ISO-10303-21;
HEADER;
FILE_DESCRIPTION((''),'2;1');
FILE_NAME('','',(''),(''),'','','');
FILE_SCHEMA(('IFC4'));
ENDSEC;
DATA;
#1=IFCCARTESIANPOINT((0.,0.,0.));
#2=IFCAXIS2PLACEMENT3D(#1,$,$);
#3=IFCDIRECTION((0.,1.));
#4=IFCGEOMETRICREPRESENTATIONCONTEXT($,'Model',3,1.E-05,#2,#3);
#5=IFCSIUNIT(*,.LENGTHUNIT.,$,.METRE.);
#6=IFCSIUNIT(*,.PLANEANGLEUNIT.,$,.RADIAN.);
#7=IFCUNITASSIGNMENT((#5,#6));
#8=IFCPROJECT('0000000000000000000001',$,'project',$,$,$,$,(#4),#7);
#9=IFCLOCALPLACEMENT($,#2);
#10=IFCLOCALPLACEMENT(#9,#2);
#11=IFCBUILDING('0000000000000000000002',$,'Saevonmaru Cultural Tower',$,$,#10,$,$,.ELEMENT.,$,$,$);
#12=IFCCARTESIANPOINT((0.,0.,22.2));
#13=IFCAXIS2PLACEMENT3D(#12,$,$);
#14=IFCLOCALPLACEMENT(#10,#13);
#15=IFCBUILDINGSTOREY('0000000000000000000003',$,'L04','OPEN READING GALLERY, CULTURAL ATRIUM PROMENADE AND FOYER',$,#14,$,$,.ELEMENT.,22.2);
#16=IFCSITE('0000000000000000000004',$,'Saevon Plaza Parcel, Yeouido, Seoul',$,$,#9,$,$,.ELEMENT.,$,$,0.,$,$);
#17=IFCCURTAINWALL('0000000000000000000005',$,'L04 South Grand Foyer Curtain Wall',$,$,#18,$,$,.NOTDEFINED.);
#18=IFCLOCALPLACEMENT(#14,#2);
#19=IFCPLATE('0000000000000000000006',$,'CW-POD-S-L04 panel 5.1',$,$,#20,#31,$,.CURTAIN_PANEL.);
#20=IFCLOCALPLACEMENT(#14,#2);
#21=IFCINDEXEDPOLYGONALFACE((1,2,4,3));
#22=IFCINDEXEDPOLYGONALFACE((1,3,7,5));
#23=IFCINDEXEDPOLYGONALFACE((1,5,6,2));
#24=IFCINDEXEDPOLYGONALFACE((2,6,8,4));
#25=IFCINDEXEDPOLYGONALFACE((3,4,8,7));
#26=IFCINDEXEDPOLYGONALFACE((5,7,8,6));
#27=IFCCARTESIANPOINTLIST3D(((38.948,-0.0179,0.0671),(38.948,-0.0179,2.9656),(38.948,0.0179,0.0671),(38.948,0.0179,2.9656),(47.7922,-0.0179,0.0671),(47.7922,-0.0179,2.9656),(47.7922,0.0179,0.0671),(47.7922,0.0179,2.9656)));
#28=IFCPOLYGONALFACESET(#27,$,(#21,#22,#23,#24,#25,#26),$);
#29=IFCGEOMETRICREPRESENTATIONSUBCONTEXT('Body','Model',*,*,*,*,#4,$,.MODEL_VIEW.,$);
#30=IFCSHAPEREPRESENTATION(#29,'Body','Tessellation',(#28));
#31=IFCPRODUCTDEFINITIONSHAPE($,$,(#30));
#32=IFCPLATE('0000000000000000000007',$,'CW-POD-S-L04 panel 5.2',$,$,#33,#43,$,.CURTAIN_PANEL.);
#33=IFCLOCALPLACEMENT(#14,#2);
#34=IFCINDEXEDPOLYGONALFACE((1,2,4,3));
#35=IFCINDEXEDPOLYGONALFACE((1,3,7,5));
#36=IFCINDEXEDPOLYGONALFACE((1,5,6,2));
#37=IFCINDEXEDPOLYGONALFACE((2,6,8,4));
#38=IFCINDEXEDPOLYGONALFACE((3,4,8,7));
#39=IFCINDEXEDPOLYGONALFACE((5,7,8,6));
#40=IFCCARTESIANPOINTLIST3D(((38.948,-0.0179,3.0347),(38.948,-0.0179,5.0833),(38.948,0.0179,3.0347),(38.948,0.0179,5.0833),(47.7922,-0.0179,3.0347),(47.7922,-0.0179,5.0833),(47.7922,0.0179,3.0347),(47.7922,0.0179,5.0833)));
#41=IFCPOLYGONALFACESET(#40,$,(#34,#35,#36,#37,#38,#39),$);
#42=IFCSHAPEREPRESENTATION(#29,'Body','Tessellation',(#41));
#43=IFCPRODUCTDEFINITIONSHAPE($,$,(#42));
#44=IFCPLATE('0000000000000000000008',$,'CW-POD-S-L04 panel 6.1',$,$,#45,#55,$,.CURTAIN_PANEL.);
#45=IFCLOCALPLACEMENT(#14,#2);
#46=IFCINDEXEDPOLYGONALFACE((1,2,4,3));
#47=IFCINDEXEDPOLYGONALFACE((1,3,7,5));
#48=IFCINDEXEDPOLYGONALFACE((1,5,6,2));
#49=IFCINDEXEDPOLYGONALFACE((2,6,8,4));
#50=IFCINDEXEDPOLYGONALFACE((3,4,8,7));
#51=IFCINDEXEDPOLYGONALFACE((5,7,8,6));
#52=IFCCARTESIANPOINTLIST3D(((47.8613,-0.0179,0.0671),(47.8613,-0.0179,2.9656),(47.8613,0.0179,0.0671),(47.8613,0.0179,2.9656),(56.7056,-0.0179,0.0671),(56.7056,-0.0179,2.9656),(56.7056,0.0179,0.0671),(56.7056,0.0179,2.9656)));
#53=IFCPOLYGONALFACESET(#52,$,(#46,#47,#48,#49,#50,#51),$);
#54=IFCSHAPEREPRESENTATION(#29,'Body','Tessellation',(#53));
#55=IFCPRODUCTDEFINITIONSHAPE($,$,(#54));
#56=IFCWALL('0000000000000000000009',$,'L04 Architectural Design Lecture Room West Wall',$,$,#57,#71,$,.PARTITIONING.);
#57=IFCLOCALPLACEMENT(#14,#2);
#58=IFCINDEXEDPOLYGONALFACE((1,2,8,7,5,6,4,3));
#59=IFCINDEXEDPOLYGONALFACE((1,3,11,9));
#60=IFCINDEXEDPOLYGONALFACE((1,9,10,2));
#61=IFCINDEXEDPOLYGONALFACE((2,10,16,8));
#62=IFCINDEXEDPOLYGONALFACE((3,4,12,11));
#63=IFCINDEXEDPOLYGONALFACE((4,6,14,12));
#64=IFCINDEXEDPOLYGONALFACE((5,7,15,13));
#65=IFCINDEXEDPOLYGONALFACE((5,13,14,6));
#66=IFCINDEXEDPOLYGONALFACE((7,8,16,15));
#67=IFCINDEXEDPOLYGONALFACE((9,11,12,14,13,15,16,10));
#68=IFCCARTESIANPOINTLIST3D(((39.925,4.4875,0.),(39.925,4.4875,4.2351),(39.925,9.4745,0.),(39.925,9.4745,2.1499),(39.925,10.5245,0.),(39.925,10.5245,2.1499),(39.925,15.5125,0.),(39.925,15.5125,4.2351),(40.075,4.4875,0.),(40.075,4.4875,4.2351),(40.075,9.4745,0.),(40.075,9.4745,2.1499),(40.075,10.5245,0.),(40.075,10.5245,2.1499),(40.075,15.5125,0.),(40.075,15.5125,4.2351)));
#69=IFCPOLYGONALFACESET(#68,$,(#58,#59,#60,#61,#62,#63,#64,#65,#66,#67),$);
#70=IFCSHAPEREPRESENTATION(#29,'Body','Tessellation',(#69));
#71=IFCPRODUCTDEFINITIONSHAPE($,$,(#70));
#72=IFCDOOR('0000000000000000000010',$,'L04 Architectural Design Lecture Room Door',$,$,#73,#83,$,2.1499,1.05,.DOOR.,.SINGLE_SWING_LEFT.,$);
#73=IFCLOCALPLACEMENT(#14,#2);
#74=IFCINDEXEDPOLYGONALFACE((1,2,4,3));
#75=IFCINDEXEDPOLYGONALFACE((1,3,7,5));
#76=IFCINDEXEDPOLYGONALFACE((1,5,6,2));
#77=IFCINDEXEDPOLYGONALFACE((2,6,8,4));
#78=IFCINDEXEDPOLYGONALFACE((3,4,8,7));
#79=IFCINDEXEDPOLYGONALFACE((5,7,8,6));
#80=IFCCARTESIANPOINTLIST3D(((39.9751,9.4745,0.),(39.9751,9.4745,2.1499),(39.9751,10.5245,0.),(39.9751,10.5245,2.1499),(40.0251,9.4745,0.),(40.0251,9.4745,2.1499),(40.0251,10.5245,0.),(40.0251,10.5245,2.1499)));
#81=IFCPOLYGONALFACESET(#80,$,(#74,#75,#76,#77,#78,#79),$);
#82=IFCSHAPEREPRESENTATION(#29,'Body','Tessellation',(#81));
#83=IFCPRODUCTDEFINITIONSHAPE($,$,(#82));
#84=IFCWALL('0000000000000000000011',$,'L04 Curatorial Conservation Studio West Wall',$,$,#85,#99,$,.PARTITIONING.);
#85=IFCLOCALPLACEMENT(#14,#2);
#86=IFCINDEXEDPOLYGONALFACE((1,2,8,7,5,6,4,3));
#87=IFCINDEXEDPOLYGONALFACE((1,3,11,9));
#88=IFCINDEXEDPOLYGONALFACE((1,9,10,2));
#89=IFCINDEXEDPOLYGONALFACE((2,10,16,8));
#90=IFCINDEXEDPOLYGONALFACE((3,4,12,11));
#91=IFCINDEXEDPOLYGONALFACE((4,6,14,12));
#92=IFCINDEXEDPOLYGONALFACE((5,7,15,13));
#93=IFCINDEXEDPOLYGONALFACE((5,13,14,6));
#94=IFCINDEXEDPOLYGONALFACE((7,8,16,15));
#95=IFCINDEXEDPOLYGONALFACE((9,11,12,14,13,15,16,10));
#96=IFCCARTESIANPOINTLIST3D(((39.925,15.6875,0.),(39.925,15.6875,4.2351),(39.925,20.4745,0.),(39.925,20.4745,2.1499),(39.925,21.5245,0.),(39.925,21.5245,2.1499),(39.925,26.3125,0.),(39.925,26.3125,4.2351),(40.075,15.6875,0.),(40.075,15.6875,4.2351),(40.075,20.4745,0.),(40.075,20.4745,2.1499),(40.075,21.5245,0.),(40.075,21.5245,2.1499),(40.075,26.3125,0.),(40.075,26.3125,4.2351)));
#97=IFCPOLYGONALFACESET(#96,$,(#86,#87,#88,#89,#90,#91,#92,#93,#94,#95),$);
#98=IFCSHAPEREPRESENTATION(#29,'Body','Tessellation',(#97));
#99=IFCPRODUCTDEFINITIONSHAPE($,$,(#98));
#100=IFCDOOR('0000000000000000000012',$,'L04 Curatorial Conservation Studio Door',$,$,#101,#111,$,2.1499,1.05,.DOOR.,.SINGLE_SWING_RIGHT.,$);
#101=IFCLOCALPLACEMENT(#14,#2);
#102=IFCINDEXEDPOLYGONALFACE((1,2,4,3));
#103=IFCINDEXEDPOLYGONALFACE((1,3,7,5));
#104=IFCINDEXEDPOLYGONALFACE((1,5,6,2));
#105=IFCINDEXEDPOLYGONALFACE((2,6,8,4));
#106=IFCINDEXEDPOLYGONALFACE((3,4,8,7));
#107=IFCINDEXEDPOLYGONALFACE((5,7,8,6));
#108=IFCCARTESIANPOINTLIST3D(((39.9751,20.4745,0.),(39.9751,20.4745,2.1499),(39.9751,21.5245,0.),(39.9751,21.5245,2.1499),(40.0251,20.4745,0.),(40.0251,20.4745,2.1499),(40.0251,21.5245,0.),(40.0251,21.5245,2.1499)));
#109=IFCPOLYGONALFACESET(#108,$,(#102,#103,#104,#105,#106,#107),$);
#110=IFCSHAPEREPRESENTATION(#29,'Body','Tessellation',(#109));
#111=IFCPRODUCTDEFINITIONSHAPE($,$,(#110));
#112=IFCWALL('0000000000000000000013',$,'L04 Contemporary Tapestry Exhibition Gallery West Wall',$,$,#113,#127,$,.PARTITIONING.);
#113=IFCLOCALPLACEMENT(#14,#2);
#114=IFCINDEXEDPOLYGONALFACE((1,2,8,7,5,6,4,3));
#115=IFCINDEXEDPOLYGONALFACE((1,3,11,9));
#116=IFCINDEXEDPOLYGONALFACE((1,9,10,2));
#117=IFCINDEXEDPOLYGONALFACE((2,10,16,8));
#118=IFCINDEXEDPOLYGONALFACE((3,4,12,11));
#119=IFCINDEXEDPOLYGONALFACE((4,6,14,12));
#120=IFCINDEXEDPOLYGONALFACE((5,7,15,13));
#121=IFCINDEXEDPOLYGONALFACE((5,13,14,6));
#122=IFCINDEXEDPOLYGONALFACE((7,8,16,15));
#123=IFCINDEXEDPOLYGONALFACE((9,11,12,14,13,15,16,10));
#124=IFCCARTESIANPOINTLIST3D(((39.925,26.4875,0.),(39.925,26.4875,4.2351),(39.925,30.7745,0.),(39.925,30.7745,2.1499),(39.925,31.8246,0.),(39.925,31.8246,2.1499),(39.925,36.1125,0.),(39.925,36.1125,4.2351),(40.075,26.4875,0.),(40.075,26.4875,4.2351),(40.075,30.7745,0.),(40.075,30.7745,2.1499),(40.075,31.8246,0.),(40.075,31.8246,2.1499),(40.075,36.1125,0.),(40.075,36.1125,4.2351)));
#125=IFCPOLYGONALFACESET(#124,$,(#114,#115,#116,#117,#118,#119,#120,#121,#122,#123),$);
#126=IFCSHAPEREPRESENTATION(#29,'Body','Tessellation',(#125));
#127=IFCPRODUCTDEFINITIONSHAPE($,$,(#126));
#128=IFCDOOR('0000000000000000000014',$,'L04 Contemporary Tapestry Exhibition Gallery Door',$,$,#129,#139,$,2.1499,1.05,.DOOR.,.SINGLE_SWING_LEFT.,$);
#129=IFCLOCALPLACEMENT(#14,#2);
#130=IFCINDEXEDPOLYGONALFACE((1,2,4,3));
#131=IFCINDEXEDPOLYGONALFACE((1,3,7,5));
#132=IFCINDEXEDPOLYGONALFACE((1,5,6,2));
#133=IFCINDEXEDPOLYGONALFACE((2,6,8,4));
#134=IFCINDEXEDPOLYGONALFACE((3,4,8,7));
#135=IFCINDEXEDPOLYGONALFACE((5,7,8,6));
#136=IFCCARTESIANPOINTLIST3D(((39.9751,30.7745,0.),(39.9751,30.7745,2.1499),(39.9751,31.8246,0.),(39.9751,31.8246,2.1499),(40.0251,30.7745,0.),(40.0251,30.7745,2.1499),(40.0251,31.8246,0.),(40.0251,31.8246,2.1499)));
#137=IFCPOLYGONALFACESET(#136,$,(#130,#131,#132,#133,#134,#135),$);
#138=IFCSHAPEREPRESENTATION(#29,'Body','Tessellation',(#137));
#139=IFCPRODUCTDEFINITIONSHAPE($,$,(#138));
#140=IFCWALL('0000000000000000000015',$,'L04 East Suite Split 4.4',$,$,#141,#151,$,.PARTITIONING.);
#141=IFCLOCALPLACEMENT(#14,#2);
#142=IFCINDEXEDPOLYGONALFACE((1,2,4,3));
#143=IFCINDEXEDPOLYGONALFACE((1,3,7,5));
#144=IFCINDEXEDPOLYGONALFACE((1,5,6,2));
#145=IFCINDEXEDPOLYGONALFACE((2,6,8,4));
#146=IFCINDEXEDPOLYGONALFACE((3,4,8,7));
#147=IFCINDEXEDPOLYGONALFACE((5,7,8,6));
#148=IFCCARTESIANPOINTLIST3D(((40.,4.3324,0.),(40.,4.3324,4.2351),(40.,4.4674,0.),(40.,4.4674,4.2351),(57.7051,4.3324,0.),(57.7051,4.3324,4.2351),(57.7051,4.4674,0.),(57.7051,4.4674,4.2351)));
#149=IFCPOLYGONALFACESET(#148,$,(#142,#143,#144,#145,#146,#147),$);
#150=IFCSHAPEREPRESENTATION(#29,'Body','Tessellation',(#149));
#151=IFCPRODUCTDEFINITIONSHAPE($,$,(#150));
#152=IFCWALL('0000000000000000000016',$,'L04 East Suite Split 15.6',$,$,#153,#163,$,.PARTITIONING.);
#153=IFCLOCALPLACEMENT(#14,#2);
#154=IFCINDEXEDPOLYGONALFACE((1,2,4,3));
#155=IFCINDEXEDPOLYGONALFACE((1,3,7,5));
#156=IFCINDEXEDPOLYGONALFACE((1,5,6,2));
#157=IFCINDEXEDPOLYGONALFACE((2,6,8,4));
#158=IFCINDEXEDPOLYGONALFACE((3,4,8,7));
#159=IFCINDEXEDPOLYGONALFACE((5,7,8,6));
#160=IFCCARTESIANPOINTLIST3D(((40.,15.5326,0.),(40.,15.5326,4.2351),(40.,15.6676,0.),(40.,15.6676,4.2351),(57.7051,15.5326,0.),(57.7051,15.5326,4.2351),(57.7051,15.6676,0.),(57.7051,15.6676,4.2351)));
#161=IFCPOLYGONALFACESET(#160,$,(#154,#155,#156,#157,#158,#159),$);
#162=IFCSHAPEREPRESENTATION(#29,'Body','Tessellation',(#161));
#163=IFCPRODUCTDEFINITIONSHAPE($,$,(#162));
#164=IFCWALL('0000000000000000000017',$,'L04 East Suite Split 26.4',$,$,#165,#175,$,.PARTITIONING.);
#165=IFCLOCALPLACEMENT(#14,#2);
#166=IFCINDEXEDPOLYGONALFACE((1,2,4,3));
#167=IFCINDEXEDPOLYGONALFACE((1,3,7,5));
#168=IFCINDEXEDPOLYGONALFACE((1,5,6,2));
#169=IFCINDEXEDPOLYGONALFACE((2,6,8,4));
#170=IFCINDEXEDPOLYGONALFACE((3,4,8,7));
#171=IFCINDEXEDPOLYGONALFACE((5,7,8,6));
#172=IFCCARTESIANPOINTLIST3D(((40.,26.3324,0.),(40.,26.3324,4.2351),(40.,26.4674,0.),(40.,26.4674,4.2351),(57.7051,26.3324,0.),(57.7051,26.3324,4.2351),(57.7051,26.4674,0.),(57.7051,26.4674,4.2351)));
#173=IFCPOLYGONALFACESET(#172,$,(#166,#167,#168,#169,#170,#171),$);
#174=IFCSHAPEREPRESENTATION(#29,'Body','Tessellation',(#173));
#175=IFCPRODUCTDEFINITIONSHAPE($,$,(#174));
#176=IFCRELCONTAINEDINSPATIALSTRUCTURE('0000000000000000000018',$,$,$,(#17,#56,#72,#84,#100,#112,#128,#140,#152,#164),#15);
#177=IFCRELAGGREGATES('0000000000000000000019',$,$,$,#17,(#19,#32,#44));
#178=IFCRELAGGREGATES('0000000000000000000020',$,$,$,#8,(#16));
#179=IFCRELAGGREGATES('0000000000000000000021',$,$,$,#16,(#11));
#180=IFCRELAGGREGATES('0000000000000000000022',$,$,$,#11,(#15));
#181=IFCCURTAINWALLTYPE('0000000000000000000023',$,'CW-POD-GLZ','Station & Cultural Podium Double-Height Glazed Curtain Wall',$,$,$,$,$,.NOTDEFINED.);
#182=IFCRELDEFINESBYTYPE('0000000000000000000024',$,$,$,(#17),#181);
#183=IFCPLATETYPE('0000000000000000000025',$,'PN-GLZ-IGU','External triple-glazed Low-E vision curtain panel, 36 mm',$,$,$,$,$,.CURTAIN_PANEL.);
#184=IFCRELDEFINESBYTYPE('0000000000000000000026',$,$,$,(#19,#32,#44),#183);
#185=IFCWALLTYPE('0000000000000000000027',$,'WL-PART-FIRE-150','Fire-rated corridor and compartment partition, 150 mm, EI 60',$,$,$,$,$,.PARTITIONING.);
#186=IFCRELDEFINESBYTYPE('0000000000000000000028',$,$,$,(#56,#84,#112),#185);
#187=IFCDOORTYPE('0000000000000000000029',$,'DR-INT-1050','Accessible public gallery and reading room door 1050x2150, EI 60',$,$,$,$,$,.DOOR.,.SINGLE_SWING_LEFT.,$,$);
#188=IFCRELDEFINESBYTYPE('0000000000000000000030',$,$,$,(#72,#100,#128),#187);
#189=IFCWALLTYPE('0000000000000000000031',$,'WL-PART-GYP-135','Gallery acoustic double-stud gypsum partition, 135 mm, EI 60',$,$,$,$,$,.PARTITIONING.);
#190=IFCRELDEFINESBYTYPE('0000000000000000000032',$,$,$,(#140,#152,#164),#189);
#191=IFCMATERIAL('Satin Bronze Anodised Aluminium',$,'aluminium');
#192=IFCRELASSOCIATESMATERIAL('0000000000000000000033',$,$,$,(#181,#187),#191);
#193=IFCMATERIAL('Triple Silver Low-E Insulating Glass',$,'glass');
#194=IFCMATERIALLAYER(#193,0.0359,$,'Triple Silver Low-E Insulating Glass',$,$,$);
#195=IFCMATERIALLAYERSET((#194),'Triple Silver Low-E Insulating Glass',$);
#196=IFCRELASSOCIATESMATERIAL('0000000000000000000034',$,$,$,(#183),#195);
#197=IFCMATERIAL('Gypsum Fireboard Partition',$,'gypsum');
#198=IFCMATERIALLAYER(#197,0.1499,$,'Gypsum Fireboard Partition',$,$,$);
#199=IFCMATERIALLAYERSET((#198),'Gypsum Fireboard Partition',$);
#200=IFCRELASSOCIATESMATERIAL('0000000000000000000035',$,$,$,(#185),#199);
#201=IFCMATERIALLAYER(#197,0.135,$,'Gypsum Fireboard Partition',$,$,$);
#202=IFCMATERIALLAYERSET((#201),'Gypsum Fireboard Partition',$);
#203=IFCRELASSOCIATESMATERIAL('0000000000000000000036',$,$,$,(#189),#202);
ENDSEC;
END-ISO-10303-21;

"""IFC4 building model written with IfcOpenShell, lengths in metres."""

from ifc_helpers import new_model, si_unit, direction, frame, frame_2d, origin, origin_2d, place, context, subcontext, project, spatial, rectangle, extrude, material, layer, layer_set, type_object, element, fill, aggregate, save


model = new_model("IFC4")

# Units and contexts
model_context = context("Model", 3, precision=1e-05, world=origin(), true_north=direction((0.0, 1.0)))
body_context = subcontext(model_context, "Body", "Model", "MODEL_VIEW")
ifc_project = project(units=[si_unit("LENGTHUNIT", "METRE"), si_unit("PLANEANGLEUNIT", "RADIAN")], contexts=[model_context])

# Site, building, storey
site_placement = place(None, origin())
site = spatial("IfcSite", under=ifc_project, at=site_placement, Name="Saevon Plaza Parcel, Yeouido, Seoul", CompositionType="ELEMENT", RefElevation=0.0)
building_placement = place(site_placement, origin())
building = spatial("IfcBuilding", under=site, at=building_placement, Name="Saevonmaru Cultural Tower", CompositionType="ELEMENT")
storey_placement = place(building_placement, frame((0.0, 0.0, 22.2)))
storey = spatial("IfcBuildingStorey", under=building, at=storey_placement, Name="L04", Description="OPEN READING GALLERY, CULTURAL ATRIUM PROMENADE AND FOYER", CompositionType="ELEMENT", Elevation=22.2)

# Curtain wall, plates
ifc_material_1 = material(Name="Satin Bronze Anodised Aluminium", Category="aluminium")
curtain_wall_type = type_object("IfcCurtainWallType", Name="CW-POD-GLZ", Description="Station & Cultural Podium Double-Height Glazed Curtain Wall", PredefinedType="NOTDEFINED", material=ifc_material_1)
curtain_wall_placement = place(storey_placement, origin())
curtain_wall = element("IfcCurtainWall", 1, at=curtain_wall_placement, inside=storey, type_object=curtain_wall_type, Name="L04 South Grand Foyer Curtain Wall", PredefinedType="NOTDEFINED")
ifc_material_2 = material(Name="Triple Silver Low-E Insulating Glass", Category="glass")
ifc_layer_1 = layer(ifc_material_2, 0.0359, Name="Triple Silver Low-E Insulating Glass")
ifc_layer_set_1 = layer_set([ifc_layer_1], Name="Triple Silver Low-E Insulating Glass")
plate_type = type_object("IfcPlateType", Name="PN-GLZ-IGU", Description="External triple-glazed Low-E vision curtain panel, 36 mm", PredefinedType="CURTAIN_PANEL", material=ifc_layer_set_1)
plate_1_placement = place(storey_placement, frame((43.3701, 0.0, 0.0671), z_axis=(0.0, 0.0, 1.0), x_axis=(1.0, 0.0, 0.0)))
plate_1 = element("IfcPlate", 2, at=plate_1_placement, type_object=plate_type, Name="CW-POD-S-L04 panel 5.1", PredefinedType="CURTAIN_PANEL", context=body_context, shape_type="SweptSolid", body=[
    extrude(rectangle(XDim=8.8442, YDim=0.0359, at=origin_2d()), origin(), (0.0, 0.0, 1.0), 2.8984),
])
plate_2_placement = place(storey_placement, frame((43.3701, 0.0, 3.0347), z_axis=(0.0, 0.0, 1.0), x_axis=(1.0, 0.0, 0.0)))
plate_2 = element("IfcPlate", 3, at=plate_2_placement, type_object=plate_type, Name="CW-POD-S-L04 panel 5.2", PredefinedType="CURTAIN_PANEL", context=body_context, shape_type="SweptSolid", body=[
    extrude(rectangle(XDim=8.8442, YDim=0.0359, at=origin_2d()), origin(), (0.0, 0.0, 1.0), 2.0486),
])
plate_3_placement = place(storey_placement, frame((52.2834, 0.0, 0.0671), z_axis=(0.0, 0.0, 1.0), x_axis=(1.0, 0.0, 0.0)))
plate_3 = element("IfcPlate", 4, at=plate_3_placement, type_object=plate_type, Name="CW-POD-S-L04 panel 6.1", PredefinedType="CURTAIN_PANEL", context=body_context, shape_type="SweptSolid", body=[
    extrude(rectangle(XDim=8.8442, YDim=0.0359, at=origin_2d()), origin(), (0.0, 0.0, 1.0), 2.8984),
])
aggregate(curtain_wall, [plate_1, plate_2, plate_3])

# Walls, openings, doors
ifc_material_3 = material(Name="Gypsum Fireboard Partition", Category="gypsum")
ifc_layer_2 = layer(ifc_material_3, 0.1499, Name="Gypsum Fireboard Partition")
ifc_layer_set_2 = layer_set([ifc_layer_2], Name="Gypsum Fireboard Partition")
wall_type_1 = type_object("IfcWallType", Name="WL-PART-FIRE-150", Description="Fire-rated corridor and compartment partition, 150 mm, EI 60", PredefinedType="PARTITIONING", material=ifc_layer_set_2)
wall_1_placement = place(storey_placement, frame((40.0, 4.4875, 0.0), z_axis=(0.0, 0.0, 1.0), x_axis=(0.0, 1.0, 0.0)))
wall_1 = element("IfcWall", 5, at=wall_1_placement, inside=storey, type_object=wall_type_1, Name="L04 Architectural Design Lecture Room West Wall", PredefinedType="PARTITIONING", context=body_context, shape_type="SweptSolid", body=[
    extrude(rectangle(XDim=11.0249, YDim=0.1499, at=frame_2d((5.5125, 0.0))), origin(), (0.0, 0.0, 1.0), 4.2351),
])
opening_1_placement = place(wall_1_placement, frame((4.9871, 0.0, 0.0)))
opening_1 = element("IfcOpeningElement", 6, at=opening_1_placement, cuts=wall_1, PredefinedType="OPENING", context=body_context, shape_type="SweptSolid", body=[
    extrude(rectangle(XDim=1.05, YDim=2.1499, at=frame_2d((0.5249, 1.075))), frame((0.0, 0.085, 0.0), z_axis=(0.0, -1.0, 0.0), x_axis=(1.0, 0.0, 0.0)), (0.0, 0.0, 1.0), 0.1699),
])
door_type = type_object("IfcDoorType", Name="DR-INT-1050", Description="Accessible public gallery and reading room door 1050x2150, EI 60", OperationType="SINGLE_SWING_LEFT", PredefinedType="DOOR", material=ifc_material_1)
door_1_placement = place(opening_1_placement, origin())
door_1 = element("IfcDoor", 7, at=door_1_placement, inside=storey, type_object=door_type, Name="L04 Architectural Design Lecture Room Door", OperationType="SINGLE_SWING_LEFT", OverallHeight=2.1499, OverallWidth=1.05, PredefinedType="DOOR", context=body_context, shape_type="SweptSolid", body=[
    extrude(rectangle(XDim=1.05, YDim=2.1499, at=frame_2d((0.5249, 1.075))), frame((0.0, 0.0249, 0.0), z_axis=(0.0, -1.0, 0.0), x_axis=(1.0, 0.0, 0.0)), (0.0, 0.0, 1.0), 0.05),
])
fill(opening_1, door_1)
wall_2_placement = place(storey_placement, frame((40.0, 15.6875, 0.0), z_axis=(0.0, 0.0, 1.0), x_axis=(0.0, 1.0, 0.0)))
wall_2 = element("IfcWall", 8, at=wall_2_placement, inside=storey, type_object=wall_type_1, Name="L04 Curatorial Conservation Studio West Wall", PredefinedType="PARTITIONING", context=body_context, shape_type="SweptSolid", body=[
    extrude(rectangle(XDim=10.625, YDim=0.1499, at=frame_2d((5.3125, 0.0))), origin(), (0.0, 0.0, 1.0), 4.2351),
])
opening_2_placement = place(wall_2_placement, frame((4.7871, 0.0, 0.0)))
opening_2 = element("IfcOpeningElement", 9, at=opening_2_placement, cuts=wall_2, PredefinedType="OPENING", context=body_context, shape_type="SweptSolid", body=[
    extrude(rectangle(XDim=1.05, YDim=2.1499, at=frame_2d((0.5249, 1.075))), frame((0.0, 0.085, 0.0), z_axis=(0.0, -1.0, 0.0), x_axis=(1.0, 0.0, 0.0)), (0.0, 0.0, 1.0), 0.1699),
])
door_2_placement = place(opening_2_placement, origin())
door_2 = element("IfcDoor", 10, at=door_2_placement, inside=storey, type_object=door_type, Name="L04 Curatorial Conservation Studio Door", OperationType="SINGLE_SWING_RIGHT", OverallHeight=2.1499, OverallWidth=1.05, PredefinedType="DOOR", context=body_context, shape_type="SweptSolid", body=[
    extrude(rectangle(XDim=1.05, YDim=2.1499, at=frame_2d((0.5249, 1.075))), frame((0.0, 0.0249, 0.0), z_axis=(0.0, -1.0, 0.0), x_axis=(1.0, 0.0, 0.0)), (0.0, 0.0, 1.0), 0.05),
])
fill(opening_2, door_2)
wall_3_placement = place(storey_placement, frame((40.0, 26.4875, 0.0), z_axis=(0.0, 0.0, 1.0), x_axis=(0.0, 1.0, 0.0)))
wall_3 = element("IfcWall", 11, at=wall_3_placement, inside=storey, type_object=wall_type_1, Name="L04 Contemporary Tapestry Exhibition Gallery West Wall", PredefinedType="PARTITIONING", context=body_context, shape_type="SweptSolid", body=[
    extrude(rectangle(XDim=9.625, YDim=0.1499, at=frame_2d((4.8125, 0.0))), origin(), (0.0, 0.0, 1.0), 4.2351),
])
opening_3_placement = place(wall_3_placement, frame((4.2871, 0.0, 0.0)))
opening_3 = element("IfcOpeningElement", 12, at=opening_3_placement, cuts=wall_3, PredefinedType="OPENING", context=body_context, shape_type="SweptSolid", body=[
    extrude(rectangle(XDim=1.05, YDim=2.1499, at=frame_2d((0.5249, 1.075))), frame((0.0, 0.085, 0.0), z_axis=(0.0, -1.0, 0.0), x_axis=(1.0, 0.0, 0.0)), (0.0, 0.0, 1.0), 0.1699),
])
door_3_placement = place(opening_3_placement, origin())
door_3 = element("IfcDoor", 13, at=door_3_placement, inside=storey, type_object=door_type, Name="L04 Contemporary Tapestry Exhibition Gallery Door", OperationType="SINGLE_SWING_LEFT", OverallHeight=2.1499, OverallWidth=1.05, PredefinedType="DOOR", context=body_context, shape_type="SweptSolid", body=[
    extrude(rectangle(XDim=1.05, YDim=2.1499, at=frame_2d((0.5249, 1.075))), frame((0.0, 0.0249, 0.0), z_axis=(0.0, -1.0, 0.0), x_axis=(1.0, 0.0, 0.0)), (0.0, 0.0, 1.0), 0.05),
])
fill(opening_3, door_3)

# Walls
ifc_layer_3 = layer(ifc_material_3, 0.135, Name="Gypsum Fireboard Partition")
ifc_layer_set_3 = layer_set([ifc_layer_3], Name="Gypsum Fireboard Partition")
wall_type_2 = type_object("IfcWallType", Name="WL-PART-GYP-135", Description="Gallery acoustic double-stud gypsum partition, 135 mm, EI 60", PredefinedType="PARTITIONING", material=ifc_layer_set_3)
for number, where, z_axis, x_axis, name in (
    (14, (40.0, 4.3999, 0.0), (0.0, 0.0, 1.0), (1.0, 0.0, 0.0), "L04 East Suite Split 4.4"),
    (15, (40.0, 15.6001, 0.0), (0.0, 0.0, 1.0), (1.0, 0.0, 0.0), "L04 East Suite Split 15.6"),
    (16, (40.0, 26.3999, 0.0), (0.0, 0.0, 1.0), (1.0, 0.0, 0.0), "L04 East Suite Split 26.4"),
):
    element("IfcWall", number, at=place(storey_placement, frame(where, z_axis=z_axis, x_axis=x_axis)), inside=storey, type_object=wall_type_2, Name=name, PredefinedType="PARTITIONING", context=body_context, shape_type="SweptSolid", body=[
        extrude(rectangle(XDim=17.7051, YDim=0.135, at=frame_2d((8.8525, 0.0))), origin(), (0.0, 0.0, 1.0), 4.2351),
    ])

save(model, "model.ifc")
